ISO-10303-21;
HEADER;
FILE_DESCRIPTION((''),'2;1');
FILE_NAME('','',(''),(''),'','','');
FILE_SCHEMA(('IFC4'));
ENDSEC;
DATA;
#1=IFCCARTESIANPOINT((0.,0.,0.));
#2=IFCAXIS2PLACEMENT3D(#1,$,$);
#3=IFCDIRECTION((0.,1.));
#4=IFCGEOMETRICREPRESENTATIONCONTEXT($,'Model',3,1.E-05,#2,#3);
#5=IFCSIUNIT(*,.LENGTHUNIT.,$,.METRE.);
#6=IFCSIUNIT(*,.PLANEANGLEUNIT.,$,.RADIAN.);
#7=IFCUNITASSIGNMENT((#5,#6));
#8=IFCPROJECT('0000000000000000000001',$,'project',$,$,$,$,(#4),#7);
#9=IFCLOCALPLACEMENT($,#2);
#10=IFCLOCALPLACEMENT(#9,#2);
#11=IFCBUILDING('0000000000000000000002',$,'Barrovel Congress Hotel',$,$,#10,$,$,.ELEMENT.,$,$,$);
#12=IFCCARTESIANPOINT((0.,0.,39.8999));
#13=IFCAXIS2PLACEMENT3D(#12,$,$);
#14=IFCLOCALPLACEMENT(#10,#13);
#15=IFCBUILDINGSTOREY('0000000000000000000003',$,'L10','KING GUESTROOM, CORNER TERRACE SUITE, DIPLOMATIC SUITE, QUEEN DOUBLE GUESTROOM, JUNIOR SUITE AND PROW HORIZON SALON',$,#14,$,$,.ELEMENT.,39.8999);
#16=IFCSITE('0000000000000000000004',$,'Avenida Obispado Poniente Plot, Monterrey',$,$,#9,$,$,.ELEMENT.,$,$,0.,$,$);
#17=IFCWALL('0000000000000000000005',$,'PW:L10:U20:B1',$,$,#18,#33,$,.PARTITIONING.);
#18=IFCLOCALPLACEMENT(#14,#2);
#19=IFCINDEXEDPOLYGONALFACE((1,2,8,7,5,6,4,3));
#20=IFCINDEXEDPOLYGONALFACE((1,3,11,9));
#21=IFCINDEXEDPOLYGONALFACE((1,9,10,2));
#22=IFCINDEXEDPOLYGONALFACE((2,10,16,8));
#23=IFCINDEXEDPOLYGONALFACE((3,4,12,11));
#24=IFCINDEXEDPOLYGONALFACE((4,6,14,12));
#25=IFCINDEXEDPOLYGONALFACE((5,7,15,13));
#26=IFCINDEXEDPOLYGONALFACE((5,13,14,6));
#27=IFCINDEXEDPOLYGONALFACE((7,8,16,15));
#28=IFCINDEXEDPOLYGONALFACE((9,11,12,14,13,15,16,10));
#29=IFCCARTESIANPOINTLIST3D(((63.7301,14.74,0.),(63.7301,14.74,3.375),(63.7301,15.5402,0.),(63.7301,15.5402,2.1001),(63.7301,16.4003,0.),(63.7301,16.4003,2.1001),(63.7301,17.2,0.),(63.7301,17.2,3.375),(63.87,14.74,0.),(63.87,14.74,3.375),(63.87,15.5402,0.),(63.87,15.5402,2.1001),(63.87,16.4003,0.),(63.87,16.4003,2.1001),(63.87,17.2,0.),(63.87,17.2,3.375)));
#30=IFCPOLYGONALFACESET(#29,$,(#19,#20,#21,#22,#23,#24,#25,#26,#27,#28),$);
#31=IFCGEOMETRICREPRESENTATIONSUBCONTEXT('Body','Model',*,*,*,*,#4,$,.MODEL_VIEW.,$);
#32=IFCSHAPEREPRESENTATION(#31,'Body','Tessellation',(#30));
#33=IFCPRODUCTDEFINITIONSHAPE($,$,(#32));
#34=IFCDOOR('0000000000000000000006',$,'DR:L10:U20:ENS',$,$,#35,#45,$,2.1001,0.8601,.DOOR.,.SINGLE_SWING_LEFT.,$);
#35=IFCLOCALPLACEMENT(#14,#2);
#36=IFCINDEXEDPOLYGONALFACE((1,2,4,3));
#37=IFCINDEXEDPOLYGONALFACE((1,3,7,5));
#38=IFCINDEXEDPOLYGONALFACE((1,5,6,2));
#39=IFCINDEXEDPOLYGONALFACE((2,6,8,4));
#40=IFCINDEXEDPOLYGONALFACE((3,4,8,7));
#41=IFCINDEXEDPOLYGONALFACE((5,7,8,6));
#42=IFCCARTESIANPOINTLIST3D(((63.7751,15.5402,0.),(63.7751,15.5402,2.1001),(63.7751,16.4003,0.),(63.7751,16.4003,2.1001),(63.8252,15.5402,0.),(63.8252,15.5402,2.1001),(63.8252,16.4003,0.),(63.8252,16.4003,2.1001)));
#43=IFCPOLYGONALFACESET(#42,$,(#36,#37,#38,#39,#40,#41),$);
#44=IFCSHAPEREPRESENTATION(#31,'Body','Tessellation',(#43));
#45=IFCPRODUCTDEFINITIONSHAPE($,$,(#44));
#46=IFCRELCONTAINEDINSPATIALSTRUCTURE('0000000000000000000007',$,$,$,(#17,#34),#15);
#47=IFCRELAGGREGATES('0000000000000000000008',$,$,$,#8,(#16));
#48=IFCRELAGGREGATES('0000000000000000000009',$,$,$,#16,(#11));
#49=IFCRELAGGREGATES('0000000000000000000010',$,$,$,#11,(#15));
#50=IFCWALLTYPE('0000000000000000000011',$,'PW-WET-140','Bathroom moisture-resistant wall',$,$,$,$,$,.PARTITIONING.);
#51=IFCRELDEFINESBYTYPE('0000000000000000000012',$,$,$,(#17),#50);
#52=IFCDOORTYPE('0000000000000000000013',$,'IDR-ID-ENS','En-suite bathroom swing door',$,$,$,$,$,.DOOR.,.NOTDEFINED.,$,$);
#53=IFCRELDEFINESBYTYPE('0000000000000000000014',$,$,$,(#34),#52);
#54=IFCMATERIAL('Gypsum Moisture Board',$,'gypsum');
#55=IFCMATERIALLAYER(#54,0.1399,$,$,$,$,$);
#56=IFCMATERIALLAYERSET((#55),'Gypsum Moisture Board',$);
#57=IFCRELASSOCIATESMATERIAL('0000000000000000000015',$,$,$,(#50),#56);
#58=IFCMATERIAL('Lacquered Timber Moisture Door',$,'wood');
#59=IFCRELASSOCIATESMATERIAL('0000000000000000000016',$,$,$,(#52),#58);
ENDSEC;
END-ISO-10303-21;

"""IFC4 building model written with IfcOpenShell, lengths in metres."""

from ifc_helpers import new_model, si_unit, direction, frame, frame_2d, origin, place, context, subcontext, project, spatial, rectangle, extrude, material, layer, layer_set, type_object, element, fill, save


model = new_model("IFC4")

# Units and contexts
model_context = context("Model", 3, precision=1e-05, world=origin(), true_north=direction((0.0, 1.0)))
body_context = subcontext(model_context, "Body", "Model", "MODEL_VIEW")
ifc_project = project(units=[si_unit("LENGTHUNIT", "METRE"), si_unit("PLANEANGLEUNIT", "RADIAN")], contexts=[model_context])

# Site, building, storey
site_placement = place(None, origin())
site = spatial("IfcSite", under=ifc_project, at=site_placement, Name="Avenida Obispado Poniente Plot, Monterrey", CompositionType="ELEMENT", RefElevation=0.0)
building_placement = place(site_placement, origin())
building = spatial("IfcBuilding", under=site, at=building_placement, Name="Barrovel Congress Hotel", CompositionType="ELEMENT")
storey_placement = place(building_placement, frame((0.0, 0.0, 39.8999)))
storey = spatial("IfcBuildingStorey", under=building, at=storey_placement, Name="L10", Description="KING GUESTROOM, CORNER TERRACE SUITE, DIPLOMATIC SUITE, QUEEN DOUBLE GUESTROOM, JUNIOR SUITE AND PROW HORIZON SALON", CompositionType="ELEMENT", Elevation=39.8999)

# Wall, opening, door
ifc_material_1 = material(Name="Gypsum Moisture Board", Category="gypsum")
ifc_layer_1 = layer(ifc_material_1, 0.1399)
ifc_layer_set_1 = layer_set([ifc_layer_1], Name="Gypsum Moisture Board")
wall_type_1 = type_object("IfcWallType", Name="PW-WET-140", Description="Bathroom moisture-resistant wall", PredefinedType="PARTITIONING", material=ifc_layer_set_1)
ifc_material_2 = material(Name="Lacquered Timber Moisture Door", Category="wood")
door_type_1 = type_object("IfcDoorType", Name="IDR-ID-ENS", Description="En-suite bathroom swing door", OperationType="NOTDEFINED", PredefinedType="DOOR", material=ifc_material_2)
wall_1_placement = place(storey_placement, frame((63.8, 14.74, 0.0), z_axis=(0.0, 0.0, 1.0), x_axis=(0.0, 1.0, 0.0)))
wall_1 = element("IfcWall", 1, at=wall_1_placement, inside=storey, type_object=wall_type_1, Name="PW:L10:U20:B1", PredefinedType="PARTITIONING", context=body_context, shape_type="SweptSolid", body=[
    extrude(rectangle(XDim=2.46, YDim=0.1399, at=frame_2d((1.23, 0.0))), origin(), (0.0, 0.0, 1.0), 3.375),
])
opening_1_placement = place(wall_1_placement, frame((0.8, 0.0, 0.0)))
opening_1 = element("IfcOpeningElement", 2, at=opening_1_placement, cuts=wall_1, PredefinedType="OPENING", context=body_context, shape_type="SweptSolid", body=[
    extrude(rectangle(XDim=0.8601, YDim=2.1001, at=frame_2d((0.4302, 1.05))), frame((0.0, 0.0801, 0.0), z_axis=(0.0, -1.0, 0.0), x_axis=(1.0, 0.0, 0.0)), (0.0, 0.0, 1.0), 0.1599),
])
door_1_placement = place(opening_1_placement, origin())
door_1 = element("IfcDoor", 3, at=door_1_placement, inside=storey, type_object=door_type_1, Name="DR:L10:U20:ENS", OperationType="SINGLE_SWING_LEFT", OverallHeight=2.1001, OverallWidth=0.8601, PredefinedType="DOOR", context=body_context, shape_type="SweptSolid", body=[
    extrude(rectangle(XDim=0.8601, YDim=2.1001, at=frame_2d((0.4302, 1.05))), frame((0.0, 0.0249, 0.0), z_axis=(0.0, -1.0, 0.0), x_axis=(1.0, 0.0, 0.0)), (0.0, 0.0, 1.0), 0.05),
])
fill(opening_1, door_1)

save(model, "model.ifc")
